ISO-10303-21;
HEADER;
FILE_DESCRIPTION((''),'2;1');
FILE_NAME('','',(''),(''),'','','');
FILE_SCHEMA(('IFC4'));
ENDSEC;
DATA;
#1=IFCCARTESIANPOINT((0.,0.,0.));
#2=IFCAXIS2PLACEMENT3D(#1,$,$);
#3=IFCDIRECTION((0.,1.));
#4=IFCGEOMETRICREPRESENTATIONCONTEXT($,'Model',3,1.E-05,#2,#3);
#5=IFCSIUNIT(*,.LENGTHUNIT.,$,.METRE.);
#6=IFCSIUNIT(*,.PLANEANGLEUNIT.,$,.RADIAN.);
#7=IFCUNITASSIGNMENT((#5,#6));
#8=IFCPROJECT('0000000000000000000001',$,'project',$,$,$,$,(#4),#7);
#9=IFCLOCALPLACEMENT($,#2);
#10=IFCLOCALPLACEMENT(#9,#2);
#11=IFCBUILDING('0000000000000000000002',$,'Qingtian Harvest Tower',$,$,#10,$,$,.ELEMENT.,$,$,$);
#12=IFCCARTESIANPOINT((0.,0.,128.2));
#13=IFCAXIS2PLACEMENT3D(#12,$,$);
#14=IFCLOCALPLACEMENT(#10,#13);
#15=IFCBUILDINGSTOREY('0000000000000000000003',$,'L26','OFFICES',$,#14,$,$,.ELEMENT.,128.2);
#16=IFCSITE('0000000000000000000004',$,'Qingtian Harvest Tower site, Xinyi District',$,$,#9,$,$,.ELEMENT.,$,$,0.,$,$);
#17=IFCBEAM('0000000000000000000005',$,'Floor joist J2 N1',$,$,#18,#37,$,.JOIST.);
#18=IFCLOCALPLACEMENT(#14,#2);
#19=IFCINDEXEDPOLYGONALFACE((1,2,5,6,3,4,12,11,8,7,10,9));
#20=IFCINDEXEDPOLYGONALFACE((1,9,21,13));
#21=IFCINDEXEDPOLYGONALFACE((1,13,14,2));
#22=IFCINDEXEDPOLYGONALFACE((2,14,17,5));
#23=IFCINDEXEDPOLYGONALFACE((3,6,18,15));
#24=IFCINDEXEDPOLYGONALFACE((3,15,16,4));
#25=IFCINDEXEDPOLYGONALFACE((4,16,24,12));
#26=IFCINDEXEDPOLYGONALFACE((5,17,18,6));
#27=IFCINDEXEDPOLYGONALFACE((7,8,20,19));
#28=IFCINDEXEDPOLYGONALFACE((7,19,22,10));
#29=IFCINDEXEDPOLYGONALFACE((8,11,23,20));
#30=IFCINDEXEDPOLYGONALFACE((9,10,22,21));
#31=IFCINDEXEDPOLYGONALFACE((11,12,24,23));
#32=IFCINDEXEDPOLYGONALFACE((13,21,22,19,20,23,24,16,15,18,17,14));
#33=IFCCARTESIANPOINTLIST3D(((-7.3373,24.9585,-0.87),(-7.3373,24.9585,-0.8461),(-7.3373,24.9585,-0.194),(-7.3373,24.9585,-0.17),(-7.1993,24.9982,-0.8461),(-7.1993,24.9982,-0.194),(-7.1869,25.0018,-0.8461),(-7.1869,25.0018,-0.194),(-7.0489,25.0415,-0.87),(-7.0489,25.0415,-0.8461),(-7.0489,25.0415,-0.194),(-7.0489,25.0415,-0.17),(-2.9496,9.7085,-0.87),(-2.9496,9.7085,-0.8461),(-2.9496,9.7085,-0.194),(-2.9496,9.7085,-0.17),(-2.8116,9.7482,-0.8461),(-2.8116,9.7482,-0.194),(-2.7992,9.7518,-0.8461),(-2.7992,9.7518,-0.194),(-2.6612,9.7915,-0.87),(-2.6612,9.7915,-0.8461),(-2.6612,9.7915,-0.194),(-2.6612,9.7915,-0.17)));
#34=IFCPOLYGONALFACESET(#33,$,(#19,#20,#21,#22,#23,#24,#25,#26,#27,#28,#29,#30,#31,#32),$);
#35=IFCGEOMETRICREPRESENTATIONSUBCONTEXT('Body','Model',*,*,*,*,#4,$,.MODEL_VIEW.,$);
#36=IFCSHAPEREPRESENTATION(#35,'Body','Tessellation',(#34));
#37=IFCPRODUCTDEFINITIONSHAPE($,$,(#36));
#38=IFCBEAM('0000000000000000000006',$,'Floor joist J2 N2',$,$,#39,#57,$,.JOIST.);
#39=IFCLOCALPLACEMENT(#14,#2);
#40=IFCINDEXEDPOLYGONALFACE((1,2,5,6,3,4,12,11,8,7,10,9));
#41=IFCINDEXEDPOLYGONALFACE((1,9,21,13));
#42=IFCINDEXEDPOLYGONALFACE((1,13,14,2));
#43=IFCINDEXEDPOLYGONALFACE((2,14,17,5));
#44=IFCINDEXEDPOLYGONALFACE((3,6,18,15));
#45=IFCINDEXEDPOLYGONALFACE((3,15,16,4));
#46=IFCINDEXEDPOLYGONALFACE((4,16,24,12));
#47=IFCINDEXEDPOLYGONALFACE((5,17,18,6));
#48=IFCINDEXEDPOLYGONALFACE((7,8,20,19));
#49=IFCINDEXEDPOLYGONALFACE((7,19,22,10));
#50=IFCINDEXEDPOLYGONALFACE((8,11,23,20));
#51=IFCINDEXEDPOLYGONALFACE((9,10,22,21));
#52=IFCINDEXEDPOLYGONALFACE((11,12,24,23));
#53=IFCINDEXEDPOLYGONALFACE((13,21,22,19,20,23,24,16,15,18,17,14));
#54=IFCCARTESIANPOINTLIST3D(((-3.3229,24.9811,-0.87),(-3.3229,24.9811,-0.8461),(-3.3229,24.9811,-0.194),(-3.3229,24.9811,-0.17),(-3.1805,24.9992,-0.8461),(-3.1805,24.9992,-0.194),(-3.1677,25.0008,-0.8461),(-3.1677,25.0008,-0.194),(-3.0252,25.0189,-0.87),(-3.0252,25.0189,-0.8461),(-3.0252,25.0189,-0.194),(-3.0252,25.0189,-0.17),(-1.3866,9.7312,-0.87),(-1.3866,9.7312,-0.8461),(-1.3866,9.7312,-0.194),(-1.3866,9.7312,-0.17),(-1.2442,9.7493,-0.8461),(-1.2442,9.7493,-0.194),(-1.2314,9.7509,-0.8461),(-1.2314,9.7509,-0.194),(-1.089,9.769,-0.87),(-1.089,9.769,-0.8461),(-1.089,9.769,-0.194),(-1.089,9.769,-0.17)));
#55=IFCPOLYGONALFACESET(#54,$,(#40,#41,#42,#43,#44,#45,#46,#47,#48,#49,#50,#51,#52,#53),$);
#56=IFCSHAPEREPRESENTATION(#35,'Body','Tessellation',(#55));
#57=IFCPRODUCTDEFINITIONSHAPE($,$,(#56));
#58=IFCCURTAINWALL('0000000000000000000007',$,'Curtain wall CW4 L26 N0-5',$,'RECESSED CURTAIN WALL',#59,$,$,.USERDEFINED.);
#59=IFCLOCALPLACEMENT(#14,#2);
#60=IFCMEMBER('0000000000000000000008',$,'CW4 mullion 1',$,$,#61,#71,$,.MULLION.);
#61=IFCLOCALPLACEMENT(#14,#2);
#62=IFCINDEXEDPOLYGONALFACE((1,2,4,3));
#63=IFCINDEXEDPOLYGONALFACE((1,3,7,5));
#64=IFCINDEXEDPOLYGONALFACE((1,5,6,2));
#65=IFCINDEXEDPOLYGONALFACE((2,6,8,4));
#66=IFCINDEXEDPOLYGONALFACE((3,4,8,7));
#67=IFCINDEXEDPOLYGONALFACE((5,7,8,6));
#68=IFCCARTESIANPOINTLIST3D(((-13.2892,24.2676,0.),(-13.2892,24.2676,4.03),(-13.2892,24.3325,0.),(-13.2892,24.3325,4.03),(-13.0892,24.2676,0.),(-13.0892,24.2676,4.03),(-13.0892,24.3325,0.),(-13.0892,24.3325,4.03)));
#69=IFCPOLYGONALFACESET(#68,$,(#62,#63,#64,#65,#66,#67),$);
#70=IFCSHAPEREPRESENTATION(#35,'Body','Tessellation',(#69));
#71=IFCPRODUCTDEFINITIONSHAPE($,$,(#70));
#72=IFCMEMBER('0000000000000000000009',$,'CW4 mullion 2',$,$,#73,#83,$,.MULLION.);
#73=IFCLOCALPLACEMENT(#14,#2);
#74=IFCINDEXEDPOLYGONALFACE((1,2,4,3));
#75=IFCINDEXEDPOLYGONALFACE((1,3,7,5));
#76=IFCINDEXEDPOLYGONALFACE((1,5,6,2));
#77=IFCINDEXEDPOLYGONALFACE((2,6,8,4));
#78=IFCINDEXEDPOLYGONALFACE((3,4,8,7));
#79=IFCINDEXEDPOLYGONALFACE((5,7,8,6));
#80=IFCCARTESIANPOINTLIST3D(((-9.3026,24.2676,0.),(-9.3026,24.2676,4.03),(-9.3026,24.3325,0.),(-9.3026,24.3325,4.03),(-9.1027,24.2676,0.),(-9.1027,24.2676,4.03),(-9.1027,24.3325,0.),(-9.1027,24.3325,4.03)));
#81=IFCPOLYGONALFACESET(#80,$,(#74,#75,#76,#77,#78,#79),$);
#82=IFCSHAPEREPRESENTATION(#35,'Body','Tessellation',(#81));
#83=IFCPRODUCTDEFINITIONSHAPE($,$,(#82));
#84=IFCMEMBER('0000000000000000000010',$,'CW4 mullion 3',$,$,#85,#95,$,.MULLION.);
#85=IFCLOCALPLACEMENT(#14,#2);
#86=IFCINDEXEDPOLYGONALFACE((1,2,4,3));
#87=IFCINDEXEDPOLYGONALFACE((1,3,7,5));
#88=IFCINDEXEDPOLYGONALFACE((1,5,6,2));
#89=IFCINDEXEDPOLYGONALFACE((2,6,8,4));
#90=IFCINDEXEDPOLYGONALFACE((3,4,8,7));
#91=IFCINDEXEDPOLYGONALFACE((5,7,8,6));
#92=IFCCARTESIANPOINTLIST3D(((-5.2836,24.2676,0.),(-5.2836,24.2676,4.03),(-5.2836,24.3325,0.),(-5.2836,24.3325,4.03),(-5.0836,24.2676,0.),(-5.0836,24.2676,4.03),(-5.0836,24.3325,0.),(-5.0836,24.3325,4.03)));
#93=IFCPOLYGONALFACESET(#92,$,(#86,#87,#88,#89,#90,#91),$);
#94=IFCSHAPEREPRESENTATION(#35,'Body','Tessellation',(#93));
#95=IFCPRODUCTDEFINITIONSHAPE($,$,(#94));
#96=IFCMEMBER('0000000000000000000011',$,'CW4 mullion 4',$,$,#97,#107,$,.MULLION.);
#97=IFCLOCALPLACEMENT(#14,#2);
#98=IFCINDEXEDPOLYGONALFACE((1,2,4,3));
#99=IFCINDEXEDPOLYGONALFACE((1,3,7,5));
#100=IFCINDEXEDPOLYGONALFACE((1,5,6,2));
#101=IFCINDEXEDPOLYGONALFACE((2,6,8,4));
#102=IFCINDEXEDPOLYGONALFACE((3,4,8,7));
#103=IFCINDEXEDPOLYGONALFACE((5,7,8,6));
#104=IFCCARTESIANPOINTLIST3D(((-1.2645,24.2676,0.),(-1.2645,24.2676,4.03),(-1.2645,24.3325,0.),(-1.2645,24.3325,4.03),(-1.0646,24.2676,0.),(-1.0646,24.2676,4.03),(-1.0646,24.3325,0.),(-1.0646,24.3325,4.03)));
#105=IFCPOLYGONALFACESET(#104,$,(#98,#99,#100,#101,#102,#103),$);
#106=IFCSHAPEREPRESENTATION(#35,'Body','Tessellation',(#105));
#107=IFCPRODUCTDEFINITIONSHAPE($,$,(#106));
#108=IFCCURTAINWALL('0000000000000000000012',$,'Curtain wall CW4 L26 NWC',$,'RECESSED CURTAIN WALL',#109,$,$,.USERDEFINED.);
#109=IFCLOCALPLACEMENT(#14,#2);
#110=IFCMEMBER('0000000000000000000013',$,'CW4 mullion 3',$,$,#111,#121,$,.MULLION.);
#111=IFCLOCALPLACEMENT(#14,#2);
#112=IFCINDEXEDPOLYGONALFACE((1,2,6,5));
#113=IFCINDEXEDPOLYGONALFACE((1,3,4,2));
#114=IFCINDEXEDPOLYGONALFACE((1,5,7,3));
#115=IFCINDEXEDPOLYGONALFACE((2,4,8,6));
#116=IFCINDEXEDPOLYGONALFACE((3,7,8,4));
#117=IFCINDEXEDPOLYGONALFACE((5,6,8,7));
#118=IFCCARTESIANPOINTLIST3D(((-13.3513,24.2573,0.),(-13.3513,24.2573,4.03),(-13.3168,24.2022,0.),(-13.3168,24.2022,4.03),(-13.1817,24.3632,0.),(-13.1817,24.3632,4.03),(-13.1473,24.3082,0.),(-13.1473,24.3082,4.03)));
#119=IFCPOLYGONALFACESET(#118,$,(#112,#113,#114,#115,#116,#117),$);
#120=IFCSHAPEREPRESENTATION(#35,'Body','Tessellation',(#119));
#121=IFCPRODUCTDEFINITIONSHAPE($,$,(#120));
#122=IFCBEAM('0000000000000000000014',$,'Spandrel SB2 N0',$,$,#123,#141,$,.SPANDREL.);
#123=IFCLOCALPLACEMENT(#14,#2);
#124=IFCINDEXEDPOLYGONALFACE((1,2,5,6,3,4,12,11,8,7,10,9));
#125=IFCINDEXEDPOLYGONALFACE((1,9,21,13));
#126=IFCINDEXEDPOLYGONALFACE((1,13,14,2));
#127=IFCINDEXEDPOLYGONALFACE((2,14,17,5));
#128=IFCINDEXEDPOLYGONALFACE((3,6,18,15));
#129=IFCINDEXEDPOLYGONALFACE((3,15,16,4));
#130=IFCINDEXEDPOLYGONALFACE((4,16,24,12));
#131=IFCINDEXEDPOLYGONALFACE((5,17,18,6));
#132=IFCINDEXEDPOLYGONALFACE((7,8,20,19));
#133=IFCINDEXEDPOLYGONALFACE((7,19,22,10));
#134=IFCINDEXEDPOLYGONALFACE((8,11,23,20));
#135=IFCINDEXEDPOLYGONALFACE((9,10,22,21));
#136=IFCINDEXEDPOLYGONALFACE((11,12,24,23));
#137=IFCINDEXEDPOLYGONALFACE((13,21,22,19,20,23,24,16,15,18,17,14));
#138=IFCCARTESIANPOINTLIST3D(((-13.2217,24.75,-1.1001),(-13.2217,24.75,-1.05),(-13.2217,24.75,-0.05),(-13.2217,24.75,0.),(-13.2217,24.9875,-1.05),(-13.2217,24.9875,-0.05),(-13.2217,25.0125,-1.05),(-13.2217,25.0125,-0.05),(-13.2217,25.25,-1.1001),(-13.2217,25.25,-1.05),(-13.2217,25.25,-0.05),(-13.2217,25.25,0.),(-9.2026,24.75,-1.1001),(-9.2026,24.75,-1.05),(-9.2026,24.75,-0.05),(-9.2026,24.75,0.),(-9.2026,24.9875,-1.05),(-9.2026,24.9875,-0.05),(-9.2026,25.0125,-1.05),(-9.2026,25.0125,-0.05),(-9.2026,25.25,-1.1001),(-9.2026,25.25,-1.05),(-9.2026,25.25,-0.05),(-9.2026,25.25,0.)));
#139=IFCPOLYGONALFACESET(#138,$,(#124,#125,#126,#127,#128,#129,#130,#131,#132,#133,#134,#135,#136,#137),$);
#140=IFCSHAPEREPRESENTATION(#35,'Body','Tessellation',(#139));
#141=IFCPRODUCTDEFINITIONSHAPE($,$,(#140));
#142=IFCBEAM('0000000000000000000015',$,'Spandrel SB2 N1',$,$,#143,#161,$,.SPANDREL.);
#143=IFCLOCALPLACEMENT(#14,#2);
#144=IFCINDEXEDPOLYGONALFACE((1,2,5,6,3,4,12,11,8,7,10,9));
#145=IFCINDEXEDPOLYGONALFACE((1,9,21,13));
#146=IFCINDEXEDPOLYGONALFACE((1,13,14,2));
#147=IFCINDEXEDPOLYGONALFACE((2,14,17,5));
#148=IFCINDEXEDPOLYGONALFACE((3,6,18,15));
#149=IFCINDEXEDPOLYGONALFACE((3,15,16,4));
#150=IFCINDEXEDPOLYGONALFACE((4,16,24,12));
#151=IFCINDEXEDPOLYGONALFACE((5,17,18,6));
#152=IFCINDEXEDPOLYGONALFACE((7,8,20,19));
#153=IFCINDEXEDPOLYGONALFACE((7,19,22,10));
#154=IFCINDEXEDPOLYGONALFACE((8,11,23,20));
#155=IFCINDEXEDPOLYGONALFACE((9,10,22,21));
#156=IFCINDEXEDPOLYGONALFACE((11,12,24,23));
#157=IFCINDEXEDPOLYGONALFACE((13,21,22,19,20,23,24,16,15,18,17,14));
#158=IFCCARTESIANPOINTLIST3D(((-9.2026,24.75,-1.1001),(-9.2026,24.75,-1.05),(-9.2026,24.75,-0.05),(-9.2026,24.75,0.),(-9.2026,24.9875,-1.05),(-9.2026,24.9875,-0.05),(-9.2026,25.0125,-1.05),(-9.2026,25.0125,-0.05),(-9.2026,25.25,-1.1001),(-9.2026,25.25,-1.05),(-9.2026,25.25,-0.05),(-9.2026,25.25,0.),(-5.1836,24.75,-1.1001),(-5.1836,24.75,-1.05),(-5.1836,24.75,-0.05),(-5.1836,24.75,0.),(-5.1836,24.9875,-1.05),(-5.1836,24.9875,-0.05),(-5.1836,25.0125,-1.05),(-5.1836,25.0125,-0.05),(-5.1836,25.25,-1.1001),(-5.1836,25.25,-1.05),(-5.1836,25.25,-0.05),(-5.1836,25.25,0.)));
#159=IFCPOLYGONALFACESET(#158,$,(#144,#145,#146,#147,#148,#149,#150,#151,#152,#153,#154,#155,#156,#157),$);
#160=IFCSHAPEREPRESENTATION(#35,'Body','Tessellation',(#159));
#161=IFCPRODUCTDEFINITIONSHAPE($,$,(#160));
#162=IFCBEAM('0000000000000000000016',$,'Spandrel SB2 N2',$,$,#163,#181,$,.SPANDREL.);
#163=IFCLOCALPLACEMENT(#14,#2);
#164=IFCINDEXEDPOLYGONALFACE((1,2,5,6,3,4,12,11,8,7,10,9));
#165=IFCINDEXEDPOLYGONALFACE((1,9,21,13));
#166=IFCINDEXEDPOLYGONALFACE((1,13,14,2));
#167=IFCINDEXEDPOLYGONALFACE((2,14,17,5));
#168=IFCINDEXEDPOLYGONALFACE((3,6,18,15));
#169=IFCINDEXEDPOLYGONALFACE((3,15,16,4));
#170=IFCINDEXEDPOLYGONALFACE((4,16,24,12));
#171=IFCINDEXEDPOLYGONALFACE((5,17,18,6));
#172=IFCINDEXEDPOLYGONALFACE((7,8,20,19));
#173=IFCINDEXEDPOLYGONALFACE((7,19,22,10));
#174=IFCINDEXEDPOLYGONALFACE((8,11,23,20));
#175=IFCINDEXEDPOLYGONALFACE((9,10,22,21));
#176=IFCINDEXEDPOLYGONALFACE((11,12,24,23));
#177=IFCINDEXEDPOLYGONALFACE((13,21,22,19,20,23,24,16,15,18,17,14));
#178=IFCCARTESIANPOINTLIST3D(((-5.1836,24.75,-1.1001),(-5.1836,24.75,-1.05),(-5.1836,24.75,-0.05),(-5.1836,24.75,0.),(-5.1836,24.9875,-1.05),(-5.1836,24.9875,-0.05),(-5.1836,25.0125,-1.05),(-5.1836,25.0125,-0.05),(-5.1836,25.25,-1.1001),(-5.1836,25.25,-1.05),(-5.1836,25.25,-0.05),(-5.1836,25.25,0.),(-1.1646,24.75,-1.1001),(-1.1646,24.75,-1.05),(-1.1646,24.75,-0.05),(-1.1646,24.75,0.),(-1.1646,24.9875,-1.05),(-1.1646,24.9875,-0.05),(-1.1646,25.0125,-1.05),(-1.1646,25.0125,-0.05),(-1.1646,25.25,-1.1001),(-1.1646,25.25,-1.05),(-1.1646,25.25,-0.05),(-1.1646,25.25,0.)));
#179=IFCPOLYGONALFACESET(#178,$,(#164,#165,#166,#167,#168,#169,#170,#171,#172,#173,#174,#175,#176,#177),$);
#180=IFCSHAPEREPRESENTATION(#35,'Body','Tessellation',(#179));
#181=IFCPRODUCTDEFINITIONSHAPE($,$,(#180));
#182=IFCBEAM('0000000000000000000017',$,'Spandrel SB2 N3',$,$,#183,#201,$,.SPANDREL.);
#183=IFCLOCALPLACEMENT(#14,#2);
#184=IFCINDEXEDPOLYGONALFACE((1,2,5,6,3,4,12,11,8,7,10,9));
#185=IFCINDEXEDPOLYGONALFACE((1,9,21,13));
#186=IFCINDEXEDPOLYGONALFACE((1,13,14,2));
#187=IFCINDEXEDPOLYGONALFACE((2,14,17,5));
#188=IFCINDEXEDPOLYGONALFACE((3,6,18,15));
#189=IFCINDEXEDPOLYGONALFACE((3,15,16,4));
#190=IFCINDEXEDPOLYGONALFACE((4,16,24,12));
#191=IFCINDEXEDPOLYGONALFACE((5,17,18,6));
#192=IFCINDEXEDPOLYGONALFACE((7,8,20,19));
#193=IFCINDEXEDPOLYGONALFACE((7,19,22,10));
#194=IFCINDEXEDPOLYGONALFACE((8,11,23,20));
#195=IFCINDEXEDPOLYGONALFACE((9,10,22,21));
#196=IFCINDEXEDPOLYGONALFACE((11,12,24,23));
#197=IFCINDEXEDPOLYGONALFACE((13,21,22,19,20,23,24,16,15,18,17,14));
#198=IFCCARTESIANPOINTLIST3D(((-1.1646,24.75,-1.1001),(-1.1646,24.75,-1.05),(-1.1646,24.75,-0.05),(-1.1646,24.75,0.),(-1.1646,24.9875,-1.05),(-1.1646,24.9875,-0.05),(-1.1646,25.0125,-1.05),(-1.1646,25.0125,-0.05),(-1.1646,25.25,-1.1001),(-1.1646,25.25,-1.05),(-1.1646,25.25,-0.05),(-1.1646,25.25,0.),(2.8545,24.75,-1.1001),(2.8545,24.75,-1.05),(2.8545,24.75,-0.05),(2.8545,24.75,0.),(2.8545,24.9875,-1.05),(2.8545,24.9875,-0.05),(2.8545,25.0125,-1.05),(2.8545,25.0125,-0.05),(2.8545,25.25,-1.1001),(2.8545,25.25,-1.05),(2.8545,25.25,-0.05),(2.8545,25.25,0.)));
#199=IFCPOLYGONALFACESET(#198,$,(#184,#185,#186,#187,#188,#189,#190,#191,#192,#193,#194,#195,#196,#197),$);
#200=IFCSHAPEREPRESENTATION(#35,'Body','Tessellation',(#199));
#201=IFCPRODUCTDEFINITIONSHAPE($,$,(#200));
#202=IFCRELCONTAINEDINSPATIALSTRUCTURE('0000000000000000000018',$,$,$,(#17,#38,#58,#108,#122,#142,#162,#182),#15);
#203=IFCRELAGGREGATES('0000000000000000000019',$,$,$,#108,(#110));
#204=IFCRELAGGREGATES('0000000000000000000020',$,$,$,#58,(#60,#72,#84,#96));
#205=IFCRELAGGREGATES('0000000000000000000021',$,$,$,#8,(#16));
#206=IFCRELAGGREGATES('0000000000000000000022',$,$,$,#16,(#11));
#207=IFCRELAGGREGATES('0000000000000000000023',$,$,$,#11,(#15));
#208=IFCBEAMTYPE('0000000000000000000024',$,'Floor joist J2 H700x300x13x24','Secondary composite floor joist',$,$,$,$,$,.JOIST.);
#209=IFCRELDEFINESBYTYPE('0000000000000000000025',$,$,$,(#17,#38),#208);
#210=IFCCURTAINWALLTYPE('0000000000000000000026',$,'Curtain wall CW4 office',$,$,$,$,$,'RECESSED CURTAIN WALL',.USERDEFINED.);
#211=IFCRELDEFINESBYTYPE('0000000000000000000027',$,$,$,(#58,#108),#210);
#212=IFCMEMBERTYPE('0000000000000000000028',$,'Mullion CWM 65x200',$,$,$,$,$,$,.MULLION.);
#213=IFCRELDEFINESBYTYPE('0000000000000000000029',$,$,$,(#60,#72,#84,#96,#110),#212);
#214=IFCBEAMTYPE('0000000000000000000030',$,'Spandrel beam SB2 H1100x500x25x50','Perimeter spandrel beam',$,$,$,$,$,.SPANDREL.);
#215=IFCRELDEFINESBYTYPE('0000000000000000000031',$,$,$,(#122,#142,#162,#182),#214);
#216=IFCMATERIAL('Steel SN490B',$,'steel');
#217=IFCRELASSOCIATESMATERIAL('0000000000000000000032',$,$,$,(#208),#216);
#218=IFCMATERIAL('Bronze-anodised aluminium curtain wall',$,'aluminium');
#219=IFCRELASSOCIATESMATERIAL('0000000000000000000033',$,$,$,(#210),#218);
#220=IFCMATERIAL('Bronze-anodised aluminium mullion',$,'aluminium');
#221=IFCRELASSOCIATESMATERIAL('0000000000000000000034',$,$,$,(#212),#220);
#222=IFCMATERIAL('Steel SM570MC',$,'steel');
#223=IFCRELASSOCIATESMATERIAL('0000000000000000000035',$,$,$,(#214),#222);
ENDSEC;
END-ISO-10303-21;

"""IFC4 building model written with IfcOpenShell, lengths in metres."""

from ifc_helpers import new_model, si_unit, direction, frame, origin, origin_2d, place, context, subcontext, project, spatial, rectangle, i_section, extrude, material, material_profile, profile_set, type_object, element, aggregate, save


model = new_model("IFC4")

# Units and contexts
model_context = context("Model", 3, precision=1e-05, world=origin(), true_north=direction((0.0, 1.0)))
body_context = subcontext(model_context, "Body", "Model", "MODEL_VIEW")
ifc_project = project(units=[si_unit("LENGTHUNIT", "METRE"), si_unit("PLANEANGLEUNIT", "RADIAN")], contexts=[model_context])

# Site, building, storey
site_placement = place(None, origin())
site = spatial("IfcSite", under=ifc_project, at=site_placement, Name="Qingtian Harvest Tower site, Xinyi District", CompositionType="ELEMENT", RefElevation=0.0)
building_placement = place(site_placement, origin())
building = spatial("IfcBuilding", under=site, at=building_placement, Name="Qingtian Harvest Tower", CompositionType="ELEMENT")
storey_placement = place(building_placement, frame((0.0, 0.0, 128.2)))
storey = spatial("IfcBuildingStorey", under=building, at=storey_placement, Name="L26", Description="OFFICES", CompositionType="ELEMENT", Elevation=128.2)

# Beams
ifc_material_1 = material(Name="Steel SN490B", Category="steel")
ifc_material_profile_1 = material_profile(ifc_material_1, i_section(OverallWidth=0.3, OverallDepth=0.7, WebThickness=0.0129, FlangeThickness=0.0239, at=origin_2d()), Name="H700x300x13x24")
ifc_profile_set_1 = profile_set([ifc_material_profile_1], Name="Steel SN490B")
beam_type_1 = type_object("IfcBeamType", Name="Floor joist J2 H700x300x13x24", Description="Secondary composite floor joist", PredefinedType="JOIST", material=ifc_profile_set_1)
beam_1_placement = place(storey_placement, frame((-7.1931, 25.0, -0.52), z_axis=(0.276501, -0.961014, 0.0), x_axis=(0.961014, 0.276501, 0.0)))
element("IfcBeam", 1, at=beam_1_placement, inside=storey, type_object=beam_type_1, Name="Floor joist J2 N1", PredefinedType="JOIST", context=body_context, shape_type="SweptSolid", body=[
    extrude(i_section(OverallWidth=0.3, OverallDepth=0.7, WebThickness=0.0129, FlangeThickness=0.0239, at=origin_2d()), origin(), (0.0, 0.0, 1.0), 15.8687),
])
beam_2_placement = place(storey_placement, frame((-3.1741, 25.0, -0.52), z_axis=(0.125958, -0.992036, 0.0), x_axis=(0.992036, 0.125958, 0.0)))
element("IfcBeam", 2, at=beam_2_placement, inside=storey, type_object=beam_type_1, Name="Floor joist J2 N2", PredefinedType="JOIST", context=body_context, shape_type="SweptSolid", body=[
    extrude(i_section(OverallWidth=0.3, OverallDepth=0.7, WebThickness=0.0129, FlangeThickness=0.0239, at=origin_2d()), origin(), (0.0, 0.0, 1.0), 15.3723),
])

# Curtain wall, members
ifc_material_2 = material(Name="Bronze-anodised aluminium curtain wall", Category="aluminium")
curtain_wall_type = type_object("IfcCurtainWallType", Name="Curtain wall CW4 office", ElementType="RECESSED CURTAIN WALL", PredefinedType="USERDEFINED", material=ifc_material_2)
curtain_wall_1_placement = place(storey_placement, origin())
curtain_wall_1 = element("IfcCurtainWall", 3, at=curtain_wall_1_placement, inside=storey, type_object=curtain_wall_type, Name="Curtain wall CW4 L26 N0-5", ObjectType="RECESSED CURTAIN WALL", PredefinedType="USERDEFINED")
ifc_material_3 = material(Name="Bronze-anodised aluminium mullion", Category="aluminium")
ifc_material_profile_2 = material_profile(ifc_material_3, rectangle(XDim=0.0649, YDim=0.2, at=origin_2d()), Name="AL 65x200")
ifc_profile_set_2 = profile_set([ifc_material_profile_2], Name="Bronze-anodised aluminium mullion")
member_type_1 = type_object("IfcMemberType", Name="Mullion CWM 65x200", PredefinedType="MULLION", material=ifc_profile_set_2)
member_1_placement = place(storey_placement, frame((-13.1892, 24.3, 0.0), z_axis=(0.0, 0.0, 1.0), x_axis=(0.0, 1.0, 0.0)))
member_1 = element("IfcMember", 4, at=member_1_placement, type_object=member_type_1, Name="CW4 mullion 1", PredefinedType="MULLION", context=body_context, shape_type="SweptSolid", body=[
    extrude(rectangle(XDim=0.0649, YDim=0.2, at=origin_2d()), origin(), (0.0, 0.0, 1.0), 4.03),
])
member_2_placement = place(storey_placement, frame((-9.2026, 24.3, 0.0), z_axis=(0.0, 0.0, 1.0), x_axis=(0.0, 1.0, 0.0)))
member_2 = element("IfcMember", 5, at=member_2_placement, type_object=member_type_1, Name="CW4 mullion 2", PredefinedType="MULLION", context=body_context, shape_type="SweptSolid", body=[
    extrude(rectangle(XDim=0.0649, YDim=0.2, at=origin_2d()), origin(), (0.0, 0.0, 1.0), 4.03),
])
member_3_placement = place(storey_placement, frame((-5.1836, 24.3, 0.0), z_axis=(0.0, 0.0, 1.0), x_axis=(0.0, 1.0, 0.0)))
member_3 = element("IfcMember", 6, at=member_3_placement, type_object=member_type_1, Name="CW4 mullion 3", PredefinedType="MULLION", context=body_context, shape_type="SweptSolid", body=[
    extrude(rectangle(XDim=0.0649, YDim=0.2, at=origin_2d()), origin(), (0.0, 0.0, 1.0), 4.03),
])
member_4_placement = place(storey_placement, frame((-1.1646, 24.3, 0.0), z_axis=(0.0, 0.0, 1.0), x_axis=(0.0, 1.0, 0.0)))
member_4 = element("IfcMember", 7, at=member_4_placement, type_object=member_type_1, Name="CW4 mullion 4", PredefinedType="MULLION", context=body_context, shape_type="SweptSolid", body=[
    extrude(rectangle(XDim=0.0649, YDim=0.2, at=origin_2d()), origin(), (0.0, 0.0, 1.0), 4.03),
])

# Curtain wall, member
curtain_wall_2_placement = place(storey_placement, origin())
curtain_wall_2 = element("IfcCurtainWall", 8, at=curtain_wall_2_placement, inside=storey, type_object=curtain_wall_type, Name="Curtain wall CW4 L26 NWC", ObjectType="RECESSED CURTAIN WALL", PredefinedType="USERDEFINED")
member_5_placement = place(storey_placement, frame((-13.2493, 24.2827, 0.0), z_axis=(0.0, 0.0, 1.0), x_axis=(-0.529919, 0.848048, 0.0)))
member_5 = element("IfcMember", 9, at=member_5_placement, type_object=member_type_1, Name="CW4 mullion 3", PredefinedType="MULLION", context=body_context, shape_type="SweptSolid", body=[
    extrude(rectangle(XDim=0.0649, YDim=0.2, at=origin_2d()), origin(), (0.0, 0.0, 1.0), 4.03),
])
aggregate(curtain_wall_2, [member_5])

# Beams
ifc_material_4 = material(Name="Steel SM570MC", Category="steel")
ifc_material_profile_3 = material_profile(ifc_material_4, i_section(OverallWidth=0.5, OverallDepth=1.1001, WebThickness=0.0249, FlangeThickness=0.05, at=origin_2d()), Name="H1100x500x25x50")
ifc_profile_set_3 = profile_set([ifc_material_profile_3], Name="Steel SM570MC")
beam_type_2 = type_object("IfcBeamType", Name="Spandrel beam SB2 H1100x500x25x50", Description="Perimeter spandrel beam", PredefinedType="SPANDREL", material=ifc_profile_set_3)
for number, where, z_axis, x_axis, name in (
    (10, (-13.2217, 25.0, -0.55), (1.0, 0.0, 0.0), (0.0, 1.0, 0.0), "Spandrel SB2 N0"),
    (11, (-9.2026, 25.0, -0.55), (1.0, 0.0, 0.0), (0.0, 1.0, 0.0), "Spandrel SB2 N1"),
    (12, (-5.1836, 25.0, -0.55), (1.0, 0.0, 0.0), (0.0, 1.0, 0.0), "Spandrel SB2 N2"),
    (13, (-1.1646, 25.0, -0.55), (1.0, 0.0, 0.0), (0.0, 1.0, 0.0), "Spandrel SB2 N3"),
):
    element("IfcBeam", number, at=place(storey_placement, frame(where, z_axis=z_axis, x_axis=x_axis)), inside=storey, type_object=beam_type_2, Name=name, PredefinedType="SPANDREL", context=body_context, shape_type="SweptSolid", body=[
        extrude(i_section(OverallWidth=0.5, OverallDepth=1.1001, WebThickness=0.0249, FlangeThickness=0.05, at=origin_2d()), origin(), (0.0, 0.0, 1.0), 4.019),
    ])

aggregate(curtain_wall_1, [member_1, member_2, member_3, member_4])

save(model, "model.ifc")
